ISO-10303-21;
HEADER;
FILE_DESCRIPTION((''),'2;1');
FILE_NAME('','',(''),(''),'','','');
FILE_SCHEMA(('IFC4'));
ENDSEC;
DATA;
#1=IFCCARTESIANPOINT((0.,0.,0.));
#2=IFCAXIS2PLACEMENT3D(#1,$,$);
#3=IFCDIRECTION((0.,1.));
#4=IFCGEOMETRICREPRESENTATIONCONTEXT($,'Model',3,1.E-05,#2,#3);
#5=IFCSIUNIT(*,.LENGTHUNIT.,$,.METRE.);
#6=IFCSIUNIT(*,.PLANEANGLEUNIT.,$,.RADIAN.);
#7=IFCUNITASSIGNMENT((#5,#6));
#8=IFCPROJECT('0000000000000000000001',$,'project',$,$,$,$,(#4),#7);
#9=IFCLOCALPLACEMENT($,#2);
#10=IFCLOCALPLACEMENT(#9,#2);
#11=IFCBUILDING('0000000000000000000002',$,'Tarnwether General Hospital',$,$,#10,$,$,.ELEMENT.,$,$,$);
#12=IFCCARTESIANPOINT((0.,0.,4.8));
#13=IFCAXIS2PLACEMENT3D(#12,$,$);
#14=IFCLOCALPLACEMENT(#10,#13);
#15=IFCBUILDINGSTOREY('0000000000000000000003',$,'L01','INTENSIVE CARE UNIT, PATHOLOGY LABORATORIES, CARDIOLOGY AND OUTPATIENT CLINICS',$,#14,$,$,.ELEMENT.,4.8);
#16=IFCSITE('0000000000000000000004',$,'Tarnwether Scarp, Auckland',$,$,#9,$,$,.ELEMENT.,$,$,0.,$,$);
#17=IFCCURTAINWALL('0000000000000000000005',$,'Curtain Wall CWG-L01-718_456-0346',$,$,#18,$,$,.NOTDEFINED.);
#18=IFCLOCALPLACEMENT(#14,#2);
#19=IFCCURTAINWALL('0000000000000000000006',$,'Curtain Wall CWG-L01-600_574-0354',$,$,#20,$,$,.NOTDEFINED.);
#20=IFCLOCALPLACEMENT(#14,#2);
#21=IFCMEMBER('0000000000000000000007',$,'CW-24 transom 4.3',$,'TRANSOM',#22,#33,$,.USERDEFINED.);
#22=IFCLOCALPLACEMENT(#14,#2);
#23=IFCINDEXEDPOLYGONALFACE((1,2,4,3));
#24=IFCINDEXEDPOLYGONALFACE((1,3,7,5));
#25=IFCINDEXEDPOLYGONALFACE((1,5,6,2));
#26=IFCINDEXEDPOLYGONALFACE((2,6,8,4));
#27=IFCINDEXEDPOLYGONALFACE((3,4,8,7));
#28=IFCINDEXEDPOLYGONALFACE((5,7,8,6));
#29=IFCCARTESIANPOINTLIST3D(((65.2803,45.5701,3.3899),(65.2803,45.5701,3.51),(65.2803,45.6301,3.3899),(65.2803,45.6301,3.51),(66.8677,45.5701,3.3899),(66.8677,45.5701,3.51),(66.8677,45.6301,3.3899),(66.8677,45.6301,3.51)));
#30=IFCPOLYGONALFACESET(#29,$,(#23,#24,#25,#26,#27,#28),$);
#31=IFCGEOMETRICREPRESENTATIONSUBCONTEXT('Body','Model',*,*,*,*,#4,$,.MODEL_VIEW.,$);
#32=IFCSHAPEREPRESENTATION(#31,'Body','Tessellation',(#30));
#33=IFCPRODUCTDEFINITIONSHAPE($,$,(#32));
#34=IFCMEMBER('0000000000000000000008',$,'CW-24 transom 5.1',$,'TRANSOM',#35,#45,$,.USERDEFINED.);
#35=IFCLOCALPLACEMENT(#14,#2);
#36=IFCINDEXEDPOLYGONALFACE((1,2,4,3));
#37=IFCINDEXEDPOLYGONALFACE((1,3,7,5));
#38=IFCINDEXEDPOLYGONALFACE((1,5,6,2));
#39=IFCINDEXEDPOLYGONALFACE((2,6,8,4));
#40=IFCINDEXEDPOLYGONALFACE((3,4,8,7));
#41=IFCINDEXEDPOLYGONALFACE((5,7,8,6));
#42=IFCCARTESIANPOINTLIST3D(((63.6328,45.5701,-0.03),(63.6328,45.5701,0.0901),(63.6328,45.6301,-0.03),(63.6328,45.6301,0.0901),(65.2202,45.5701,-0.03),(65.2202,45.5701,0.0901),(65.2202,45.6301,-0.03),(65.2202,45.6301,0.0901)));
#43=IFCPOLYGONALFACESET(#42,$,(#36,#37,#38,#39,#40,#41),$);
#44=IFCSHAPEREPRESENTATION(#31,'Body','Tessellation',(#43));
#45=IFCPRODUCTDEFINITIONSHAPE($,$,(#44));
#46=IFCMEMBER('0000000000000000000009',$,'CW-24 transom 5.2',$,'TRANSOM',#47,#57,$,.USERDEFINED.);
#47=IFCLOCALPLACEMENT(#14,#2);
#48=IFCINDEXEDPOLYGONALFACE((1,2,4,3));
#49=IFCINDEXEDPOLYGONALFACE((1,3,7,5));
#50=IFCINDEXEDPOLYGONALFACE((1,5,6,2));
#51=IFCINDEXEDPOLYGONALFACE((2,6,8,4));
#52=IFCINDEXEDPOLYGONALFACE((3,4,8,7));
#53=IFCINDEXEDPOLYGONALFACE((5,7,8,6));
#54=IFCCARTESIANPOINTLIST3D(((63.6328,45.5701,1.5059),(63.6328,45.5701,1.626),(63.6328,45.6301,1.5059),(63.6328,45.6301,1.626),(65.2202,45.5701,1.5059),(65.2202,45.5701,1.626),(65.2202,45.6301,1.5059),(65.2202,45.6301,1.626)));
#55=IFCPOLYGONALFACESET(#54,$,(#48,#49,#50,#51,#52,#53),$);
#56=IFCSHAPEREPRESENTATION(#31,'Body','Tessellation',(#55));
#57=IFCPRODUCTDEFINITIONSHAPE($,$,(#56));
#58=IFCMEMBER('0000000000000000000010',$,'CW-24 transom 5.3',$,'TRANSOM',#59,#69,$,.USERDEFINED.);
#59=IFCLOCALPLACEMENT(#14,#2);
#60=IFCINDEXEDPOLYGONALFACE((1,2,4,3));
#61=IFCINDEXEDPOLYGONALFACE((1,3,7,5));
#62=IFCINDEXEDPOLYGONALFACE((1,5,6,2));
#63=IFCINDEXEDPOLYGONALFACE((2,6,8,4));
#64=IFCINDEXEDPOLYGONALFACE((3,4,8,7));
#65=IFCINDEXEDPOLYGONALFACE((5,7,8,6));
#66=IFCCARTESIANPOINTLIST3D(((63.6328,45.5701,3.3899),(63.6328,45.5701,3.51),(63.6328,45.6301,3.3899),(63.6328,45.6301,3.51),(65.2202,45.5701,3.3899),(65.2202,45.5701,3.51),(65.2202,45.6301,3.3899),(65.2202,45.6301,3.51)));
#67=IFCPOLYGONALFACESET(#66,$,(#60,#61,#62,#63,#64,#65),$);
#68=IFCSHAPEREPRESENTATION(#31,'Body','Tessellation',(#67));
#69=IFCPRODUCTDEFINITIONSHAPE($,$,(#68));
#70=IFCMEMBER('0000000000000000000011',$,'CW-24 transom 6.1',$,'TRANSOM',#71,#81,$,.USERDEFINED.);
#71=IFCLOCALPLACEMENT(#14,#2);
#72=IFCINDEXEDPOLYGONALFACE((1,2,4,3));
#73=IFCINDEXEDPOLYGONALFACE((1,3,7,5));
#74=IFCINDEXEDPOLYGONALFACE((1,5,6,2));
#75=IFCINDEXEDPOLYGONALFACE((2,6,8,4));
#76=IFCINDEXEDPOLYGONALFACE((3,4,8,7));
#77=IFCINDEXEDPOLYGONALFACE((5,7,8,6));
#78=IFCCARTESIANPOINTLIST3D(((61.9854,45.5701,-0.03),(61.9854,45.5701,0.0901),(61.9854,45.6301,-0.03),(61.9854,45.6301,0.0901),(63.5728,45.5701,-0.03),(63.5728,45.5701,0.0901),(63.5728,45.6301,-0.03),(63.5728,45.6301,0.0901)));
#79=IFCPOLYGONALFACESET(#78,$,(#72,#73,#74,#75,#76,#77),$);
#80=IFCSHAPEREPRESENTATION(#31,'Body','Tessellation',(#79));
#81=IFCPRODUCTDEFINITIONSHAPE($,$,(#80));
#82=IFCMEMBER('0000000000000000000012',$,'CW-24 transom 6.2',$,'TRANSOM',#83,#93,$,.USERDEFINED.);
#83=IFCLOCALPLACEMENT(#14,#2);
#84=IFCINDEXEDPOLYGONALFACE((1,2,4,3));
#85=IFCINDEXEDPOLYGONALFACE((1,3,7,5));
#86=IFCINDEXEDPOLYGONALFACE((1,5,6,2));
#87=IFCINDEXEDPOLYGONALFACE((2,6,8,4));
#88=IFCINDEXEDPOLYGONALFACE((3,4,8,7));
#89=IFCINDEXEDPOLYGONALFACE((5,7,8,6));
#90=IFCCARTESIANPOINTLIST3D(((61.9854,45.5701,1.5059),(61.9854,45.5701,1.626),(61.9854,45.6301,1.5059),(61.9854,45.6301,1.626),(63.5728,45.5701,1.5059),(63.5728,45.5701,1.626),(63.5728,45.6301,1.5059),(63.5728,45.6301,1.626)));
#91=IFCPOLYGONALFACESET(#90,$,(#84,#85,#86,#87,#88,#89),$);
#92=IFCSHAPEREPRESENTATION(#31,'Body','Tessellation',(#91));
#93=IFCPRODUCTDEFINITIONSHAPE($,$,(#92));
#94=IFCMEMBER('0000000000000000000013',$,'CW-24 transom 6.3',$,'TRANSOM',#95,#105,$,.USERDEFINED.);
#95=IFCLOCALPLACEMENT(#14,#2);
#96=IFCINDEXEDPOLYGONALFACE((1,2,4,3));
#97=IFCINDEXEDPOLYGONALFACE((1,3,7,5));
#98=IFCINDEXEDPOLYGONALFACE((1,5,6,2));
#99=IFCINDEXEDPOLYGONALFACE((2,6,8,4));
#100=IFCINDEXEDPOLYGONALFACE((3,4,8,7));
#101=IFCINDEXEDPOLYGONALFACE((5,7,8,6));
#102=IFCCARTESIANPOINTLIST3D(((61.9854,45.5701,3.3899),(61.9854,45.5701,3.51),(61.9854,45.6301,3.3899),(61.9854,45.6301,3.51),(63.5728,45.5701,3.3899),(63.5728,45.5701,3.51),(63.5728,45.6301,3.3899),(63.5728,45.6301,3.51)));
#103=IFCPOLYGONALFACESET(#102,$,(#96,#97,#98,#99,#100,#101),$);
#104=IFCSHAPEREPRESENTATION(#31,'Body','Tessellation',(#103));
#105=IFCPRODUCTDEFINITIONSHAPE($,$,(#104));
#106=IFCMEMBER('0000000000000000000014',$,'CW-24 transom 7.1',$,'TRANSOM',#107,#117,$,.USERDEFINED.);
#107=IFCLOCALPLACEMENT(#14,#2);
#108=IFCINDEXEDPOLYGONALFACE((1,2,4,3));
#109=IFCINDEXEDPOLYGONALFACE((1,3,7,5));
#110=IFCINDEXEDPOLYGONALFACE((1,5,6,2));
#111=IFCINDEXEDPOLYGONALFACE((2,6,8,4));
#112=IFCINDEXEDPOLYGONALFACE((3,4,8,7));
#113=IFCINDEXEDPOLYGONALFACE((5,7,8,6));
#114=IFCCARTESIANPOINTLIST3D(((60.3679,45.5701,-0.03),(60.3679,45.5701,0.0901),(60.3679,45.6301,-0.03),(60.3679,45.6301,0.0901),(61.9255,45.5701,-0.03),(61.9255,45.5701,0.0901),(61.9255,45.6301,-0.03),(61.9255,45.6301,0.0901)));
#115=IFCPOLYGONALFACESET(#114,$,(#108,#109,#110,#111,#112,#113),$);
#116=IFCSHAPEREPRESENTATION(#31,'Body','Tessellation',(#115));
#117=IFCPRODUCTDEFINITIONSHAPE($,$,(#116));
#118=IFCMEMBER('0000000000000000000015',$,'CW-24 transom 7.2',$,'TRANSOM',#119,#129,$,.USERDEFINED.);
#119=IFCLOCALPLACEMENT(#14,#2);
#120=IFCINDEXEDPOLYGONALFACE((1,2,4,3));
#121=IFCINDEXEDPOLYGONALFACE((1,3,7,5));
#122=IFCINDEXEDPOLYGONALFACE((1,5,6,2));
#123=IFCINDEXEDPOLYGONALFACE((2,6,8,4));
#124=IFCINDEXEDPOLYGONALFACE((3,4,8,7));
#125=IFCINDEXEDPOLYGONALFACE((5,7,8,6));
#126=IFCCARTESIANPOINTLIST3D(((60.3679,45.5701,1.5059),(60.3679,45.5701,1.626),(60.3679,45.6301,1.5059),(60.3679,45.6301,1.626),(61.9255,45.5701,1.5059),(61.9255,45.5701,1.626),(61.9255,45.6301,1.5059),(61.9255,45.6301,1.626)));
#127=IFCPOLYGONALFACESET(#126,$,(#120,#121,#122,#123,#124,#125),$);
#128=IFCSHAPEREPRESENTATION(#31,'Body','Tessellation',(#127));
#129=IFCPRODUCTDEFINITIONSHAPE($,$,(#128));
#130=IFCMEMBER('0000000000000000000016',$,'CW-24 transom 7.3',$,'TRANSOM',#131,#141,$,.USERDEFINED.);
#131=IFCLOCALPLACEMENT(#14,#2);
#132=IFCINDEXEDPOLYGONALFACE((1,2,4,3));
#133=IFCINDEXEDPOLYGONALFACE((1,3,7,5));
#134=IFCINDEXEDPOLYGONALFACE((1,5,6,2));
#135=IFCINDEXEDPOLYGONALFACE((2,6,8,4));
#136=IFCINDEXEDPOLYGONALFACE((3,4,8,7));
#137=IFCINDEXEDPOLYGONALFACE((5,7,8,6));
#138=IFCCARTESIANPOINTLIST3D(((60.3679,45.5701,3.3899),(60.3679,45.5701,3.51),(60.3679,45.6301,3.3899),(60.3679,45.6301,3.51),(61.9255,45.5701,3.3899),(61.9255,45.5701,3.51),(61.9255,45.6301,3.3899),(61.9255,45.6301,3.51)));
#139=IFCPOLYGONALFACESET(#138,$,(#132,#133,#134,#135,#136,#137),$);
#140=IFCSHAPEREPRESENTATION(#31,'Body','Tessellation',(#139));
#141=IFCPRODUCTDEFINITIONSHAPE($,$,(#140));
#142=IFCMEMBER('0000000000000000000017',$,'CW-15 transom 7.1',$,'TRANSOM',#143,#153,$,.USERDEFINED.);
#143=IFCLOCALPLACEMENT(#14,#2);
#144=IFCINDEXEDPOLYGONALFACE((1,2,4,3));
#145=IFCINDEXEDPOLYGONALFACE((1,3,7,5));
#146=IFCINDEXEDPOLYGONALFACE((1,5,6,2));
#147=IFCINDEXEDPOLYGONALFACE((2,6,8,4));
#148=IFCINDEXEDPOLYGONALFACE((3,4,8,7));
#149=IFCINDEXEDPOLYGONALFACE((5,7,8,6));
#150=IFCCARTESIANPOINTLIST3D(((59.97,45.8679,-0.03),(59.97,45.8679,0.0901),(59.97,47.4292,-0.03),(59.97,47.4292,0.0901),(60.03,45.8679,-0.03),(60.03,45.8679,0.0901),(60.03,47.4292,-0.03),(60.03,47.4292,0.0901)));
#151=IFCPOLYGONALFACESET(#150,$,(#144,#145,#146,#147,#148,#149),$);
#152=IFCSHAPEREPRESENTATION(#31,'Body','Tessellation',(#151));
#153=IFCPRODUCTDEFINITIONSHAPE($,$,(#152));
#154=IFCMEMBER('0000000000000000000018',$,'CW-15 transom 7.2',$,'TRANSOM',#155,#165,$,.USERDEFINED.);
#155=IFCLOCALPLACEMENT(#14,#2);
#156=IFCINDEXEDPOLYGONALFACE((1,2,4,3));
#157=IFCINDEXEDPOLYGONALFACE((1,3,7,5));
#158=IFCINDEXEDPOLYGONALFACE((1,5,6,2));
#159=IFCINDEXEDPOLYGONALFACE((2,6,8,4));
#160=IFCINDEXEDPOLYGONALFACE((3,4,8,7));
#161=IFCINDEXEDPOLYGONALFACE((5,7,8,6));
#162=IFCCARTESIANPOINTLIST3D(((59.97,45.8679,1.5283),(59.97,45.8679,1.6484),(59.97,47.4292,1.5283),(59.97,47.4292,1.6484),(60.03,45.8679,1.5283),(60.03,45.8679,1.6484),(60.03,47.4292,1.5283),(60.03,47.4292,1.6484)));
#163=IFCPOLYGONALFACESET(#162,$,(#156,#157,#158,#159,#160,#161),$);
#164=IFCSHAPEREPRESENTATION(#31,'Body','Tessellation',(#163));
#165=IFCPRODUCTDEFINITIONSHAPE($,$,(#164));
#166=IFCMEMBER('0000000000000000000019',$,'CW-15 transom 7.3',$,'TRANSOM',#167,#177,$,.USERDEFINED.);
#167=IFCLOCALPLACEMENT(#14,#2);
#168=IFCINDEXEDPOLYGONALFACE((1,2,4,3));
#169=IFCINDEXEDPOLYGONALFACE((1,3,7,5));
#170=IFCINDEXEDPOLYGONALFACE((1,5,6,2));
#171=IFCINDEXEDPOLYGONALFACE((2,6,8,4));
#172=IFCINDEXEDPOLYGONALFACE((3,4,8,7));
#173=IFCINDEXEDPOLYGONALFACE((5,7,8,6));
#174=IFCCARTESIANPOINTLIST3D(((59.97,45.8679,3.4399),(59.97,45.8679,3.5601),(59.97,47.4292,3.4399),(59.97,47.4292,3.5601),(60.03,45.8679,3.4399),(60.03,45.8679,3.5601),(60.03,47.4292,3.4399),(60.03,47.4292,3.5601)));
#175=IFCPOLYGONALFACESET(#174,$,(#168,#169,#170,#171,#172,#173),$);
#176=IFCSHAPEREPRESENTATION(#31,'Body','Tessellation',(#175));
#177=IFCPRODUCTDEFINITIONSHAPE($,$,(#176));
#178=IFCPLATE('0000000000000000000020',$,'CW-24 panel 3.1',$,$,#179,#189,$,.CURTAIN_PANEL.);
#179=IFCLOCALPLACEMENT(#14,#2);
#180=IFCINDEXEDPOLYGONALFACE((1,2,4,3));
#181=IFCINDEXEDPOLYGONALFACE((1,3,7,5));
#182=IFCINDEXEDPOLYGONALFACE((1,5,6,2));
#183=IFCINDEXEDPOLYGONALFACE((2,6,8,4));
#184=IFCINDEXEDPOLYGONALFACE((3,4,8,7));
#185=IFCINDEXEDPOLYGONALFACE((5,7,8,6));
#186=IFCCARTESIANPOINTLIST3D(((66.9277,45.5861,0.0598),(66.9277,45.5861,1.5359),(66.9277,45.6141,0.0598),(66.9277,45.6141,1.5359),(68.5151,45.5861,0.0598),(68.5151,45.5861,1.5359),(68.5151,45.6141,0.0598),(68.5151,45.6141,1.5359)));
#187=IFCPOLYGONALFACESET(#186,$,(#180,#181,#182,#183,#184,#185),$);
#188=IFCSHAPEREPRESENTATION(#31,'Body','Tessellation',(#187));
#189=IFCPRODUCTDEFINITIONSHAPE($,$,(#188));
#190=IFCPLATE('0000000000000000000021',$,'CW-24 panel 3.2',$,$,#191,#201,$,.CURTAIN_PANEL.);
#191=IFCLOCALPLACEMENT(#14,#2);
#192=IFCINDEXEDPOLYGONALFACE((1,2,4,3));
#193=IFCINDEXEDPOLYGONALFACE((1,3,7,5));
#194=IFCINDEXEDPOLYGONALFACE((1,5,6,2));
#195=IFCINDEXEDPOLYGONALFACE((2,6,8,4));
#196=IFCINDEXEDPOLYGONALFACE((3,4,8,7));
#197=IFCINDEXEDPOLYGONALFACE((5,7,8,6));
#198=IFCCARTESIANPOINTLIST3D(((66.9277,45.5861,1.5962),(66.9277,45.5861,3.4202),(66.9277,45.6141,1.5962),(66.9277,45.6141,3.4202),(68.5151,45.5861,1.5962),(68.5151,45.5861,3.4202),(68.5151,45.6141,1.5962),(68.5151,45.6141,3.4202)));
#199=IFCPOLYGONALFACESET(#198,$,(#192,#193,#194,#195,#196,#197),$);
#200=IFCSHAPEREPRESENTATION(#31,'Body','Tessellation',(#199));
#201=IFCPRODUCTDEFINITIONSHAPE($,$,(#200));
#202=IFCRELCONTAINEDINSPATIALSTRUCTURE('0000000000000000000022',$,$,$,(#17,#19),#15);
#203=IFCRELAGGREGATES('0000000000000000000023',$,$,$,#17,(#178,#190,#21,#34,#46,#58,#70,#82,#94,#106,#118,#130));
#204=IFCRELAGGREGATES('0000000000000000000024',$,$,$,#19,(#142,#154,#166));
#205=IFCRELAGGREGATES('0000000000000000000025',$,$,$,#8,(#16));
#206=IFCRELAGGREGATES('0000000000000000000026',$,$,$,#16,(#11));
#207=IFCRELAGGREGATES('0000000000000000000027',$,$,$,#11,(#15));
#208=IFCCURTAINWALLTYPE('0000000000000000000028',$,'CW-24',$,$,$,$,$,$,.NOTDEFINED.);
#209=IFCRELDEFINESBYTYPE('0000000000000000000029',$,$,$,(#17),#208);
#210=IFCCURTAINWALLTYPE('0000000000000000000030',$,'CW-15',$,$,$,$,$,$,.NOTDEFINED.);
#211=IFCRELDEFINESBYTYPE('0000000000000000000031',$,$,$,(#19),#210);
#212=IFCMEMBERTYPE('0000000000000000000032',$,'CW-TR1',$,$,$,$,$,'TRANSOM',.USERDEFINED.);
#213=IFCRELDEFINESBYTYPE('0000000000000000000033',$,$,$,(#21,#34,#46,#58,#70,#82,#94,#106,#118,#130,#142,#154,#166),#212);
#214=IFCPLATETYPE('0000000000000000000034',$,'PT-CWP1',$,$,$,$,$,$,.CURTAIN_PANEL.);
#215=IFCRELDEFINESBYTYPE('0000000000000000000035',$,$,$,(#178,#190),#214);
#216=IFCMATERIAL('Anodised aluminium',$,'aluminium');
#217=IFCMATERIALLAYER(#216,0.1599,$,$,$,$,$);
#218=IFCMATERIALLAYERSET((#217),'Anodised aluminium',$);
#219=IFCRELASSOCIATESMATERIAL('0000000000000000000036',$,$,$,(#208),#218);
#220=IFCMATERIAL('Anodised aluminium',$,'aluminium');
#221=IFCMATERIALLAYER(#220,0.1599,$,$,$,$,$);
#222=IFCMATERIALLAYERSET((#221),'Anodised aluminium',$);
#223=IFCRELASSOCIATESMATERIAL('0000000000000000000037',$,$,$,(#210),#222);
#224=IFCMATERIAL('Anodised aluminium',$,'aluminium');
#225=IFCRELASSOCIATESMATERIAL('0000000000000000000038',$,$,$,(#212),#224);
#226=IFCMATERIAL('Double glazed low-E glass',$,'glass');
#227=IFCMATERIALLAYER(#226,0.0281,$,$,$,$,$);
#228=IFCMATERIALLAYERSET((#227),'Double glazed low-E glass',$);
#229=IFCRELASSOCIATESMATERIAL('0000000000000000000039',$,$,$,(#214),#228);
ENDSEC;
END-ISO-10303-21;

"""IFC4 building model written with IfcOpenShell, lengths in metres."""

from ifc_helpers import new_model, si_unit, direction, frame, origin, origin_2d, place, context, subcontext, project, spatial, rectangle, extrude, material, layer, layer_set, material_profile, profile_set, type_object, element, aggregate, save


model = new_model("IFC4")

# Units and contexts
model_context = context("Model", 3, precision=1e-05, world=origin(), true_north=direction((0.0, 1.0)))
body_context = subcontext(model_context, "Body", "Model", "MODEL_VIEW")
ifc_project = project(units=[si_unit("LENGTHUNIT", "METRE"), si_unit("PLANEANGLEUNIT", "RADIAN")], contexts=[model_context])

# Site, building, storey
site_placement = place(None, origin())
site = spatial("IfcSite", under=ifc_project, at=site_placement, Name="Tarnwether Scarp, Auckland", CompositionType="ELEMENT", RefElevation=0.0)
building_placement = place(site_placement, origin())
building = spatial("IfcBuilding", under=site, at=building_placement, Name="Tarnwether General Hospital", CompositionType="ELEMENT")
storey_placement = place(building_placement, frame((0.0, 0.0, 4.8)))
storey = spatial("IfcBuildingStorey", under=building, at=storey_placement, Name="L01", Description="INTENSIVE CARE UNIT, PATHOLOGY LABORATORIES, CARDIOLOGY AND OUTPATIENT CLINICS", CompositionType="ELEMENT", Elevation=4.8)

# Curtain walls
ifc_material_1 = material(Name="Anodised aluminium", Category="aluminium")
ifc_layer_1 = layer(ifc_material_1, 0.1599)
ifc_layer_set_1 = layer_set([ifc_layer_1], Name="Anodised aluminium")
curtain_wall_type_1 = type_object("IfcCurtainWallType", Name="CW-24", PredefinedType="NOTDEFINED", material=ifc_layer_set_1)
curtain_wall_1_placement = place(storey_placement, origin())
curtain_wall_1 = element("IfcCurtainWall", 1, at=curtain_wall_1_placement, inside=storey, type_object=curtain_wall_type_1, Name="Curtain Wall CWG-L01-718_456-0346", PredefinedType="NOTDEFINED")
ifc_material_2 = material(Name="Anodised aluminium", Category="aluminium")
ifc_layer_2 = layer(ifc_material_2, 0.1599)
ifc_layer_set_2 = layer_set([ifc_layer_2], Name="Anodised aluminium")
curtain_wall_type_2 = type_object("IfcCurtainWallType", Name="CW-15", PredefinedType="NOTDEFINED", material=ifc_layer_set_2)
curtain_wall_2_placement = place(storey_placement, origin())
curtain_wall_2 = element("IfcCurtainWall", 2, at=curtain_wall_2_placement, inside=storey, type_object=curtain_wall_type_2, Name="Curtain Wall CWG-L01-600_574-0354", PredefinedType="NOTDEFINED")

# Members
ifc_material_3 = material(Name="Anodised aluminium", Category="aluminium")
ifc_material_profile_1 = material_profile(ifc_material_3, rectangle(XDim=0.0601, YDim=0.1201, at=origin_2d()), Name="ALU-TRN-60x120")
ifc_profile_set_1 = profile_set([ifc_material_profile_1], Name="Anodised aluminium")
member_type_1 = type_object("IfcMemberType", Name="CW-TR1", ElementType="TRANSOM", PredefinedType="USERDEFINED", material=ifc_profile_set_1)
member_1_placement = place(storey_placement, frame((66.8677, 45.6001, 3.45), z_axis=(-1.0, 0.0, 0.0), x_axis=(0.0, -1.0, 0.0)))
member_1 = element("IfcMember", 3, at=member_1_placement, type_object=member_type_1, Name="CW-24 transom 4.3", ObjectType="TRANSOM", PredefinedType="USERDEFINED", context=body_context, shape_type="SweptSolid", body=[
    extrude(rectangle(XDim=0.0601, YDim=0.1201, at=origin_2d()), origin(), (0.0, 0.0, 1.0), 1.5874),
])
member_2_placement = place(storey_placement, frame((65.2202, 45.6001, 0.03), z_axis=(-1.0, 0.0, 0.0), x_axis=(0.0, -1.0, 0.0)))
member_2 = element("IfcMember", 4, at=member_2_placement, type_object=member_type_1, Name="CW-24 transom 5.1", ObjectType="TRANSOM", PredefinedType="USERDEFINED", context=body_context, shape_type="SweptSolid", body=[
    extrude(rectangle(XDim=0.0601, YDim=0.1201, at=origin_2d()), origin(), (0.0, 0.0, 1.0), 1.5874),
])
member_3_placement = place(storey_placement, frame((65.2202, 45.6001, 1.5659), z_axis=(-1.0, 0.0, 0.0), x_axis=(0.0, -1.0, 0.0)))
member_3 = element("IfcMember", 5, at=member_3_placement, type_object=member_type_1, Name="CW-24 transom 5.2", ObjectType="TRANSOM", PredefinedType="USERDEFINED", context=body_context, shape_type="SweptSolid", body=[
    extrude(rectangle(XDim=0.0601, YDim=0.1201, at=origin_2d()), origin(), (0.0, 0.0, 1.0), 1.5874),
])
member_4_placement = place(storey_placement, frame((65.2202, 45.6001, 3.45), z_axis=(-1.0, 0.0, 0.0), x_axis=(0.0, -1.0, 0.0)))
member_4 = element("IfcMember", 6, at=member_4_placement, type_object=member_type_1, Name="CW-24 transom 5.3", ObjectType="TRANSOM", PredefinedType="USERDEFINED", context=body_context, shape_type="SweptSolid", body=[
    extrude(rectangle(XDim=0.0601, YDim=0.1201, at=origin_2d()), origin(), (0.0, 0.0, 1.0), 1.5874),
])
member_5_placement = place(storey_placement, frame((63.5728, 45.6001, 0.03), z_axis=(-1.0, 0.0, 0.0), x_axis=(0.0, -1.0, 0.0)))
member_5 = element("IfcMember", 7, at=member_5_placement, type_object=member_type_1, Name="CW-24 transom 6.1", ObjectType="TRANSOM", PredefinedType="USERDEFINED", context=body_context, shape_type="SweptSolid", body=[
    extrude(rectangle(XDim=0.0601, YDim=0.1201, at=origin_2d()), origin(), (0.0, 0.0, 1.0), 1.5874),
])
member_6_placement = place(storey_placement, frame((63.5728, 45.6001, 1.5659), z_axis=(-1.0, 0.0, 0.0), x_axis=(0.0, -1.0, 0.0)))
member_6 = element("IfcMember", 8, at=member_6_placement, type_object=member_type_1, Name="CW-24 transom 6.2", ObjectType="TRANSOM", PredefinedType="USERDEFINED", context=body_context, shape_type="SweptSolid", body=[
    extrude(rectangle(XDim=0.0601, YDim=0.1201, at=origin_2d()), origin(), (0.0, 0.0, 1.0), 1.5874),
])
member_7_placement = place(storey_placement, frame((63.5728, 45.6001, 3.45), z_axis=(-1.0, 0.0, 0.0), x_axis=(0.0, -1.0, 0.0)))
member_7 = element("IfcMember", 9, at=member_7_placement, type_object=member_type_1, Name="CW-24 transom 6.3", ObjectType="TRANSOM", PredefinedType="USERDEFINED", context=body_context, shape_type="SweptSolid", body=[
    extrude(rectangle(XDim=0.0601, YDim=0.1201, at=origin_2d()), origin(), (0.0, 0.0, 1.0), 1.5874),
])
member_8_placement = place(storey_placement, frame((61.9255, 45.6001, 0.03), z_axis=(-1.0, 0.0, 0.0), x_axis=(0.0, -1.0, 0.0)))
member_8 = element("IfcMember", 10, at=member_8_placement, type_object=member_type_1, Name="CW-24 transom 7.1", ObjectType="TRANSOM", PredefinedType="USERDEFINED", context=body_context, shape_type="SweptSolid", body=[
    extrude(rectangle(XDim=0.0601, YDim=0.1201, at=origin_2d()), origin(), (0.0, 0.0, 1.0), 1.5576),
])
member_9_placement = place(storey_placement, frame((61.9255, 45.6001, 1.5659), z_axis=(-1.0, 0.0, 0.0), x_axis=(0.0, -1.0, 0.0)))
member_9 = element("IfcMember", 11, at=member_9_placement, type_object=member_type_1, Name="CW-24 transom 7.2", ObjectType="TRANSOM", PredefinedType="USERDEFINED", context=body_context, shape_type="SweptSolid", body=[
    extrude(rectangle(XDim=0.0601, YDim=0.1201, at=origin_2d()), origin(), (0.0, 0.0, 1.0), 1.5576),
])
member_10_placement = place(storey_placement, frame((61.9255, 45.6001, 3.45), z_axis=(-1.0, 0.0, 0.0), x_axis=(0.0, -1.0, 0.0)))
member_10 = element("IfcMember", 12, at=member_10_placement, type_object=member_type_1, Name="CW-24 transom 7.3", ObjectType="TRANSOM", PredefinedType="USERDEFINED", context=body_context, shape_type="SweptSolid", body=[
    extrude(rectangle(XDim=0.0601, YDim=0.1201, at=origin_2d()), origin(), (0.0, 0.0, 1.0), 1.5576),
])
member_11_placement = place(storey_placement, frame((60.0, 47.4292, 0.03), z_axis=(0.0, -1.0, 0.0), x_axis=(1.0, 0.0, 0.0)))
member_11 = element("IfcMember", 13, at=member_11_placement, type_object=member_type_1, Name="CW-15 transom 7.1", ObjectType="TRANSOM", PredefinedType="USERDEFINED", context=body_context, shape_type="SweptSolid", body=[
    extrude(rectangle(XDim=0.0601, YDim=0.1201, at=origin_2d()), origin(), (0.0, 0.0, 1.0), 1.5613),
])
member_12_placement = place(storey_placement, frame((60.0, 47.4292, 1.5884), z_axis=(0.0, -1.0, 0.0), x_axis=(1.0, 0.0, 0.0)))
member_12 = element("IfcMember", 14, at=member_12_placement, type_object=member_type_1, Name="CW-15 transom 7.2", ObjectType="TRANSOM", PredefinedType="USERDEFINED", context=body_context, shape_type="SweptSolid", body=[
    extrude(rectangle(XDim=0.0601, YDim=0.1201, at=origin_2d()), origin(), (0.0, 0.0, 1.0), 1.5613),
])
member_13_placement = place(storey_placement, frame((60.0, 47.4292, 3.5), z_axis=(0.0, -1.0, 0.0), x_axis=(1.0, 0.0, 0.0)))
member_13 = element("IfcMember", 15, at=member_13_placement, type_object=member_type_1, Name="CW-15 transom 7.3", ObjectType="TRANSOM", PredefinedType="USERDEFINED", context=body_context, shape_type="SweptSolid", body=[
    extrude(rectangle(XDim=0.0601, YDim=0.1201, at=origin_2d()), origin(), (0.0, 0.0, 1.0), 1.5613),
])

# Plates
ifc_material_4 = material(Name="Double glazed low-E glass", Category="glass")
ifc_layer_3 = layer(ifc_material_4, 0.0281)
ifc_layer_set_3 = layer_set([ifc_layer_3], Name="Double glazed low-E glass")
plate_type = type_object("IfcPlateType", Name="PT-CWP1", PredefinedType="CURTAIN_PANEL", material=ifc_layer_set_3)
plate_1_placement = place(storey_placement, frame((67.7214, 45.6001, 0.0598), z_axis=(0.0, 0.0, 1.0), x_axis=(-1.0, 0.0, 0.0)))
plate_1 = element("IfcPlate", 16, at=plate_1_placement, type_object=plate_type, Name="CW-24 panel 3.1", PredefinedType="CURTAIN_PANEL", context=body_context, shape_type="SweptSolid", body=[
    extrude(rectangle(XDim=1.5874, YDim=0.0281, at=origin_2d()), origin(), (0.0, 0.0, 1.0), 1.4761),
])
plate_2_placement = place(storey_placement, frame((67.7214, 45.6001, 1.5962), z_axis=(0.0, 0.0, 1.0), x_axis=(-1.0, 0.0, 0.0)))
plate_2 = element("IfcPlate", 17, at=plate_2_placement, type_object=plate_type, Name="CW-24 panel 3.2", PredefinedType="CURTAIN_PANEL", context=body_context, shape_type="SweptSolid", body=[
    extrude(rectangle(XDim=1.5874, YDim=0.0281, at=origin_2d()), origin(), (0.0, 0.0, 1.0), 1.824),
])
aggregate(curtain_wall_1, [plate_1, plate_2, member_1, member_2, member_3, member_4, member_5, member_6, member_7, member_8, member_9, member_10])
aggregate(curtain_wall_2, [member_11, member_12, member_13])

save(model, "model.ifc")
